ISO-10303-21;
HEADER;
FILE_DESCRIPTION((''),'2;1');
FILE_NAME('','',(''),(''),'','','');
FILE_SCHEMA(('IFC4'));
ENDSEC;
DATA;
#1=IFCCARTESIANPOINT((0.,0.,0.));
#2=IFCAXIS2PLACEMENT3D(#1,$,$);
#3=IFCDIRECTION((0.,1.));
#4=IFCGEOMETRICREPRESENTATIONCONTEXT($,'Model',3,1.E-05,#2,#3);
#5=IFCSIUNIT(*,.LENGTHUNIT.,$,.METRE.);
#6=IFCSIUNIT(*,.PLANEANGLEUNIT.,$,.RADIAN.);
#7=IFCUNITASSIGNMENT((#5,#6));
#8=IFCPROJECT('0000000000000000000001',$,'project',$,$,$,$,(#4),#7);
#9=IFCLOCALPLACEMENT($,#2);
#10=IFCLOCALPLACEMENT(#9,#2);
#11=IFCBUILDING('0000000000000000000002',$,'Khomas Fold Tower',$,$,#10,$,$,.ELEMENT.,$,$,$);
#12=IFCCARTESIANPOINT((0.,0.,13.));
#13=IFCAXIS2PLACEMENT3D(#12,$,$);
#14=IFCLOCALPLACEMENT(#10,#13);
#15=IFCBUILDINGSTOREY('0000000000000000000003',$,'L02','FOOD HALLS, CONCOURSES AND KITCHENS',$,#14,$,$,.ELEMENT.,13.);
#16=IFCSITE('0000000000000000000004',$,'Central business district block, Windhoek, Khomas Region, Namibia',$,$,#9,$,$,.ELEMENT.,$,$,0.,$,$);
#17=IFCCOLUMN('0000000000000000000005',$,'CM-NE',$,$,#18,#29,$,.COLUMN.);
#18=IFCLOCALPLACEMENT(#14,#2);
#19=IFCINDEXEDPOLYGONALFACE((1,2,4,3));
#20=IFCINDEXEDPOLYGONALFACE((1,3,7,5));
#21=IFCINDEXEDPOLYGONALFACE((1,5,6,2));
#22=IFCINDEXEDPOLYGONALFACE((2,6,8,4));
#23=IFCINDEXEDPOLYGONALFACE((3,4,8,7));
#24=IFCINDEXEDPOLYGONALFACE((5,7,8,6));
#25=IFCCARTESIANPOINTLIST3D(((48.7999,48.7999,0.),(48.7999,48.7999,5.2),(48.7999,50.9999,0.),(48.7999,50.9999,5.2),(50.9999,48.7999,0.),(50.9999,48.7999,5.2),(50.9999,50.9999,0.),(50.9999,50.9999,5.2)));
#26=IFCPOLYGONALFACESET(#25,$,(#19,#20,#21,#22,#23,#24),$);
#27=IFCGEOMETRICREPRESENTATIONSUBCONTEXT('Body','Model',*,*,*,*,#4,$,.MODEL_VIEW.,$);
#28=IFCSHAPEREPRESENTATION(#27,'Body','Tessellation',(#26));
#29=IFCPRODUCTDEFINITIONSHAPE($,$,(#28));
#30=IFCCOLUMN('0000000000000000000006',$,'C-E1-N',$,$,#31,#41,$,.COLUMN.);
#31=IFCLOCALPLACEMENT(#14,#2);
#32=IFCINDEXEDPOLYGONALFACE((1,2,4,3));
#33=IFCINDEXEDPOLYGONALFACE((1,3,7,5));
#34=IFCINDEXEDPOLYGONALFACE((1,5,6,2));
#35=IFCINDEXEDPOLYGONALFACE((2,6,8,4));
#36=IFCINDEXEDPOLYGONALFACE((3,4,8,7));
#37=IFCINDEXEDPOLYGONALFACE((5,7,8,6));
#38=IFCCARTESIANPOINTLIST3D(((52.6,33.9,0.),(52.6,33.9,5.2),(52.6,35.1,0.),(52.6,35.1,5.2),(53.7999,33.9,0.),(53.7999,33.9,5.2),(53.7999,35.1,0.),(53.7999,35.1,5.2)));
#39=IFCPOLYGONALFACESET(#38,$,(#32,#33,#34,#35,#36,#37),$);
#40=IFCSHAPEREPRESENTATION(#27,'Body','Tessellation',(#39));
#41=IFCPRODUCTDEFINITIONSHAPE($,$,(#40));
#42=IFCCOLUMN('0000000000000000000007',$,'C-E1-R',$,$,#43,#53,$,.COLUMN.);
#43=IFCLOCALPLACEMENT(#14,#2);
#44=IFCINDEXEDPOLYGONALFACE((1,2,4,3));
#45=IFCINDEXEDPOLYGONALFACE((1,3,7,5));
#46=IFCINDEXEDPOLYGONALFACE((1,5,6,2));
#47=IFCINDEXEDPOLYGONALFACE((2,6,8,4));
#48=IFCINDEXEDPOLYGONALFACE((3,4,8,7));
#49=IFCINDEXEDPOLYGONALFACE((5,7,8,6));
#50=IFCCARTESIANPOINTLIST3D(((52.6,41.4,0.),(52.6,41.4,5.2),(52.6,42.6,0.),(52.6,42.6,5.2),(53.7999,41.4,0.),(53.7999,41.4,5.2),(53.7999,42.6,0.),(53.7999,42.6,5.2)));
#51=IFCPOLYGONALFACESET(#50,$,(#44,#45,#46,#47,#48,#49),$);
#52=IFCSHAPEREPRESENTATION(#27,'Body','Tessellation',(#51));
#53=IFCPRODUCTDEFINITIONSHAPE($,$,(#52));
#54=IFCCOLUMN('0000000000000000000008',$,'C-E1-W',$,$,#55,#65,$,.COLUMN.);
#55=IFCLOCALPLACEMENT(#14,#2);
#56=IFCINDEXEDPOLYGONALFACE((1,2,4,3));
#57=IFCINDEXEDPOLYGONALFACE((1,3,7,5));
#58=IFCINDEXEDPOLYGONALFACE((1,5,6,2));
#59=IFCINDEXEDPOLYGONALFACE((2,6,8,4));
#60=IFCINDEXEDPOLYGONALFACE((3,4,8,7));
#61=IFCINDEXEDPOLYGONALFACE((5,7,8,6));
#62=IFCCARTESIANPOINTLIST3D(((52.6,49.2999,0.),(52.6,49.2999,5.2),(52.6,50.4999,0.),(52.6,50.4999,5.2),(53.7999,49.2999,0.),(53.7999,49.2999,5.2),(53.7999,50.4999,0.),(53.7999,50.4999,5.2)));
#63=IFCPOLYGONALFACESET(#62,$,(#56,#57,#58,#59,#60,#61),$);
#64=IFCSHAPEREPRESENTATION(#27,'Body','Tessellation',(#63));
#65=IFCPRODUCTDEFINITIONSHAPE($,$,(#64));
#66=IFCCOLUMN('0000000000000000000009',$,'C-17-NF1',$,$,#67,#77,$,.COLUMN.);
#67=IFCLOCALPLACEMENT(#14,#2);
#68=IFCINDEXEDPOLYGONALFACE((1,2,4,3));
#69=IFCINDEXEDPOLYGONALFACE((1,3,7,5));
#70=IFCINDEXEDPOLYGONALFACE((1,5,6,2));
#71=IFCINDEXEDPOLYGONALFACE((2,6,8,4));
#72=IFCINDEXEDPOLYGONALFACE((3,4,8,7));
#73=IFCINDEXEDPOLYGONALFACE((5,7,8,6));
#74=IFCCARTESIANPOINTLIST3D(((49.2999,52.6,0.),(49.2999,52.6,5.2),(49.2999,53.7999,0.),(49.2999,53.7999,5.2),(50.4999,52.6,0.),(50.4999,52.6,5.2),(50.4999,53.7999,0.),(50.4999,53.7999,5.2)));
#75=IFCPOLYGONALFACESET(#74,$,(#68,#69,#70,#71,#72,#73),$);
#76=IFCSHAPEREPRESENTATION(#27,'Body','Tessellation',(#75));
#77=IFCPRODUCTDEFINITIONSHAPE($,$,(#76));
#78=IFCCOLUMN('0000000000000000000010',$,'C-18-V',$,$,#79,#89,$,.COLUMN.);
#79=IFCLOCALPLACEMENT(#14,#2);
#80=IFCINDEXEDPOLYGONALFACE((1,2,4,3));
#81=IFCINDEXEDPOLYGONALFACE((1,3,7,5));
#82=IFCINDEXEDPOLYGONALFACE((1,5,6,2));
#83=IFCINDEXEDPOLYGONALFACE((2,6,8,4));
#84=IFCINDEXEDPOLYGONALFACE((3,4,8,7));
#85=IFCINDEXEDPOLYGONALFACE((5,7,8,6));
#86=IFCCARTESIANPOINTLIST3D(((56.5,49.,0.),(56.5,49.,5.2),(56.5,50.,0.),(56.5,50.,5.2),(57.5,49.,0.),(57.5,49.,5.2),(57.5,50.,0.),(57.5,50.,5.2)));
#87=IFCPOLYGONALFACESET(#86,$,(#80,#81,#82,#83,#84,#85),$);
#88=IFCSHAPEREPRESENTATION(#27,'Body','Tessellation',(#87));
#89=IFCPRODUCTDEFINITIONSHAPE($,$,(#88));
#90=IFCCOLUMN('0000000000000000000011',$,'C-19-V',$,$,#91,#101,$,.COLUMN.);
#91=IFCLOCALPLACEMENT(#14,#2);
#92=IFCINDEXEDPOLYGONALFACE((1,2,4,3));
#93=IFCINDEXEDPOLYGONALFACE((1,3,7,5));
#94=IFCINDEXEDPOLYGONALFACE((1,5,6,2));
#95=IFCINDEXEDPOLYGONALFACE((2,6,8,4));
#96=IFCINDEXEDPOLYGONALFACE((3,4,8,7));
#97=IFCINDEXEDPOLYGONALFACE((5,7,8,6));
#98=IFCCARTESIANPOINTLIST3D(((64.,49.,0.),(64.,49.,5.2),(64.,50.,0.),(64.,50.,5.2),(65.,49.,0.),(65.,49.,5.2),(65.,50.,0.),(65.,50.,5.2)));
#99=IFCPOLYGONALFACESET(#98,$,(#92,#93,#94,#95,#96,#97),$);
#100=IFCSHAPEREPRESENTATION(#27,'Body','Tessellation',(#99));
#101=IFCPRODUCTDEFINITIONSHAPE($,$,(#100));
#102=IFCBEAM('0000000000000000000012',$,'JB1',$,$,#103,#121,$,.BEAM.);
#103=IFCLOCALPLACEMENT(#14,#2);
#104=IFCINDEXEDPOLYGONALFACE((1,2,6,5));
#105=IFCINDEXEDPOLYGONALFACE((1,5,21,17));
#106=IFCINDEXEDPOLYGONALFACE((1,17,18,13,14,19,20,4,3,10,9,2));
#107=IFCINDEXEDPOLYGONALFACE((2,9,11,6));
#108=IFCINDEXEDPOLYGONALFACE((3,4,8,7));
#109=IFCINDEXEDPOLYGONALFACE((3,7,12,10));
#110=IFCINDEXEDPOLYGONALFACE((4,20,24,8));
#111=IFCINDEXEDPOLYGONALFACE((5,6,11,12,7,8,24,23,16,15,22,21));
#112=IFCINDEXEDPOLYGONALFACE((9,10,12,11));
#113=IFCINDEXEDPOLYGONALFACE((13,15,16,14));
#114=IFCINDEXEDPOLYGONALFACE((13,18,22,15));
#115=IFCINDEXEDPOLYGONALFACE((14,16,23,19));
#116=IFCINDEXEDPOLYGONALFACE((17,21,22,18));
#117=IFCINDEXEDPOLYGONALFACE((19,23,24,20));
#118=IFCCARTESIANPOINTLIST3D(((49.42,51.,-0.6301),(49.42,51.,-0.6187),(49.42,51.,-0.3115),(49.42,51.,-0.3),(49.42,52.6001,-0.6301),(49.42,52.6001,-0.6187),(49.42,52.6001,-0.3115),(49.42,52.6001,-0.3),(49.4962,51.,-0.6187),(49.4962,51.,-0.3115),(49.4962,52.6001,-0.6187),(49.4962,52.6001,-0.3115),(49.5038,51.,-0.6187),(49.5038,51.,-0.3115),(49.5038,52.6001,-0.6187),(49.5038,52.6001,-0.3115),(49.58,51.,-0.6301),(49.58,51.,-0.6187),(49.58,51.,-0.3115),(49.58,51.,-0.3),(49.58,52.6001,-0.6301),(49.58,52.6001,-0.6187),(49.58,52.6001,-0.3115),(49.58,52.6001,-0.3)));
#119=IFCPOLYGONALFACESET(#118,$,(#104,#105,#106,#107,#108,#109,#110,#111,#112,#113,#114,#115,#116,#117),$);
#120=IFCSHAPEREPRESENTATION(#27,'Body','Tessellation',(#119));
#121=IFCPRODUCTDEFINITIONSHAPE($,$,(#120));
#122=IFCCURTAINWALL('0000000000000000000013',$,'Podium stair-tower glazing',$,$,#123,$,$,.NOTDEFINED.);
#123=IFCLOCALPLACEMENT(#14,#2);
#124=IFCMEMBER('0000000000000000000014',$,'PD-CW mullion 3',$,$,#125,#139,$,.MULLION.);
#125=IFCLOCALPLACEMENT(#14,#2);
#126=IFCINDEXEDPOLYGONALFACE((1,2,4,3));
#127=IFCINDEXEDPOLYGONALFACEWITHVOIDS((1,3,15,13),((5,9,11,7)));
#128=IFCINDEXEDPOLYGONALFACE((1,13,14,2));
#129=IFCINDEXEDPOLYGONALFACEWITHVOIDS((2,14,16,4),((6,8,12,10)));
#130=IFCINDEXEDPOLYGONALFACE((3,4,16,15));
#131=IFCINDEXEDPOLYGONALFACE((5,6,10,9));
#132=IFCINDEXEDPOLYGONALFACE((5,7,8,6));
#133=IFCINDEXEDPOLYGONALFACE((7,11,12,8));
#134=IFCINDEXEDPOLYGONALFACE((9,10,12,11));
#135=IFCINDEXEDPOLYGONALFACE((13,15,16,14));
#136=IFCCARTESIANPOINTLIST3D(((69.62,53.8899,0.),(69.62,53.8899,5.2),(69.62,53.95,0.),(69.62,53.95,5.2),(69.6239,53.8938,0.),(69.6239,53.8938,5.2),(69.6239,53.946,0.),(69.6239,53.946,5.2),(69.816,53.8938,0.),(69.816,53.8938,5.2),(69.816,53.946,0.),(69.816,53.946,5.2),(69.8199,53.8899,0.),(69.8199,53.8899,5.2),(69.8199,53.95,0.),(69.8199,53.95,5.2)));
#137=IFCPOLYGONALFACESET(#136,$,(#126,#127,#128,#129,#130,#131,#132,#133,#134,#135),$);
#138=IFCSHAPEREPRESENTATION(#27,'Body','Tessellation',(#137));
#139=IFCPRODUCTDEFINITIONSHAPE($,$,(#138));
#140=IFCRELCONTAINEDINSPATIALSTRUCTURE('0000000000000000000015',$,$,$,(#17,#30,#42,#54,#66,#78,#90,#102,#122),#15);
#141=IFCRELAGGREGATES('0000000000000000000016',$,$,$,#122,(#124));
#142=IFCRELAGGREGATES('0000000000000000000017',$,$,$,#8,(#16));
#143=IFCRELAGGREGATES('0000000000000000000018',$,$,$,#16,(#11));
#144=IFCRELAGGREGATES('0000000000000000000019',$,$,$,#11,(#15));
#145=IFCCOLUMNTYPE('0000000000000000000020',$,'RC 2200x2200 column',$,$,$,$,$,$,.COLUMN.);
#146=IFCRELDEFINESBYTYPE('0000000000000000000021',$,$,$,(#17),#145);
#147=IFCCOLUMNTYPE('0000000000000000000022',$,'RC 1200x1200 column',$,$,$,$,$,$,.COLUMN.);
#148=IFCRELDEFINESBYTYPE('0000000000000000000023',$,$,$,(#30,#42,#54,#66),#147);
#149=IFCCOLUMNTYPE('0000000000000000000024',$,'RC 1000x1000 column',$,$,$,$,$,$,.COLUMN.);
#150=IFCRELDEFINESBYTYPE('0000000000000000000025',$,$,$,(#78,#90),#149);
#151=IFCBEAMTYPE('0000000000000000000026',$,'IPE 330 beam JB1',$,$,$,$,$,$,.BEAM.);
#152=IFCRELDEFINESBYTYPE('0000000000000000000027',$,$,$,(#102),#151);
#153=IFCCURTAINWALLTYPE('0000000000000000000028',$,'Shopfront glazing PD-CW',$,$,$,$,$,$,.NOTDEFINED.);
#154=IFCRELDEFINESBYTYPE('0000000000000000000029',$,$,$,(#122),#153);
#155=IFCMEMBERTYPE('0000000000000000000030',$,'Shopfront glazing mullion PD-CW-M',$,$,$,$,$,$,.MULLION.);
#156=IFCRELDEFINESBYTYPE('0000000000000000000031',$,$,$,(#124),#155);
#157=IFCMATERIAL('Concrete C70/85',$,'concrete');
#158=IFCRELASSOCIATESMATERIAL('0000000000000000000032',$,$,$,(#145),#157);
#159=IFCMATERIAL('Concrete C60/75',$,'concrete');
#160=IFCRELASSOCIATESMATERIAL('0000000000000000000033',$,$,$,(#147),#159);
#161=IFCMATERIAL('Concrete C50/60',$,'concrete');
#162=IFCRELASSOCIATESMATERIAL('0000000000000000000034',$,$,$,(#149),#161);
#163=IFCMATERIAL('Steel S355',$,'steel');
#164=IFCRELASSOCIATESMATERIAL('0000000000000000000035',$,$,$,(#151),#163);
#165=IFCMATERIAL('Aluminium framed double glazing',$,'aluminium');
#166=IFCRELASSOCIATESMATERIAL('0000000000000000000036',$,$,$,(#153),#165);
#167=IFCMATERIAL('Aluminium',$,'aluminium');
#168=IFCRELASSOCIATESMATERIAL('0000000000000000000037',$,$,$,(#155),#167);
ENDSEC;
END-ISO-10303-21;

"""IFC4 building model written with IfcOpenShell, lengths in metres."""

from ifc_helpers import new_model, si_unit, direction, frame, origin, origin_2d, place, context, subcontext, project, spatial, rectangle, hollow_rectangle, i_section, extrude, source, transform, mapped, material, material_profile, profile_set, type_object, element, aggregate, save


model = new_model("IFC4")

# Units and contexts
model_context = context("Model", 3, precision=1e-05, world=origin(), true_north=direction((0.0, 1.0)))
body_context = subcontext(model_context, "Body", "Model", "MODEL_VIEW")
ifc_project = project(units=[si_unit("LENGTHUNIT", "METRE"), si_unit("PLANEANGLEUNIT", "RADIAN")], contexts=[model_context])

# Site, building, storey
site_placement = place(None, origin())
site = spatial("IfcSite", under=ifc_project, at=site_placement, Name="Central business district block, Windhoek, Khomas Region, Namibia", CompositionType="ELEMENT", RefElevation=0.0)
building_placement = place(site_placement, origin())
building = spatial("IfcBuilding", under=site, at=building_placement, Name="Khomas Fold Tower", CompositionType="ELEMENT")
storey_placement = place(building_placement, frame((0.0, 0.0, 13.0)))
storey = spatial("IfcBuildingStorey", under=building, at=storey_placement, Name="L02", Description="FOOD HALLS, CONCOURSES AND KITCHENS", CompositionType="ELEMENT", Elevation=13.0)

# Columns
ifc_material_1 = material(Name="Concrete C70/85", Category="concrete")
ifc_material_profile_1 = material_profile(ifc_material_1, rectangle(XDim=2.2, YDim=2.2, at=origin_2d()), Name="RC 2200x2200")
ifc_profile_set_1 = profile_set([ifc_material_profile_1], Name="Concrete C70/85")
column_type_1 = type_object("IfcColumnType", Name="RC 2200x2200 column", PredefinedType="COLUMN", material=ifc_profile_set_1)
shared_shape_1 = source(origin(), body_context, "Body", "SweptSolid", [
    extrude(rectangle(XDim=2.2, YDim=2.2, at=origin_2d()), origin(), (0.0, 0.0, 1.0), 5.2),
])
column_placement = place(storey_placement, frame((49.8999, 49.8999, 0.0), z_axis=(0.0, 0.0, 1.0), x_axis=(1.0, 0.0, 0.0)))
element("IfcColumn", 1, at=column_placement, inside=storey, type_object=column_type_1, Name="CM-NE", PredefinedType="COLUMN", context=body_context, shape_type="MappedRepresentation", body=[
    mapped(shared_shape_1, transform((0.0, 0.0, 0.0))),
])
ifc_material_2 = material(Name="Concrete C60/75", Category="concrete")
ifc_material_profile_2 = material_profile(ifc_material_2, rectangle(XDim=1.2, YDim=1.2, at=origin_2d()), Name="RC 1200x1200")
ifc_profile_set_2 = profile_set([ifc_material_profile_2], Name="Concrete C60/75")
column_type_2 = type_object("IfcColumnType", Name="RC 1200x1200 column", PredefinedType="COLUMN", material=ifc_profile_set_2)
shared_shape_2 = source(origin(), body_context, "Body", "SweptSolid", [
    extrude(rectangle(XDim=1.2, YDim=1.2, at=origin_2d()), origin(), (0.0, 0.0, 1.0), 5.2),
])
for number, where, z_axis, x_axis, name in (
    (2, (53.2, 34.5, 0.0), (0.0, 0.0, 1.0), (1.0, 0.0, 0.0), "C-E1-N"),
    (3, (53.2, 42.0, 0.0), (0.0, 0.0, 1.0), (1.0, 0.0, 0.0), "C-E1-R"),
    (4, (53.2, 49.8999, 0.0), (0.0, 0.0, 1.0), (1.0, 0.0, 0.0), "C-E1-W"),
    (5, (49.8999, 53.2, 0.0), (0.0, 0.0, 1.0), (1.0, 0.0, 0.0), "C-17-NF1"),
):
    element("IfcColumn", number, at=place(storey_placement, frame(where, z_axis=z_axis, x_axis=x_axis)), inside=storey, type_object=column_type_2, Name=name, PredefinedType="COLUMN", context=body_context, shape_type="MappedRepresentation", body=[
        mapped(shared_shape_2, transform((0.0, 0.0, 0.0))),
    ])
ifc_material_3 = material(Name="Concrete C50/60", Category="concrete")
ifc_material_profile_3 = material_profile(ifc_material_3, rectangle(XDim=1.0, YDim=1.0, at=origin_2d()), Name="RC 1000x1000")
ifc_profile_set_3 = profile_set([ifc_material_profile_3], Name="Concrete C50/60")
column_type_3 = type_object("IfcColumnType", Name="RC 1000x1000 column", PredefinedType="COLUMN", material=ifc_profile_set_3)
shared_shape_3 = source(origin(), body_context, "Body", "SweptSolid", [
    extrude(rectangle(XDim=1.0, YDim=1.0, at=origin_2d()), origin(), (0.0, 0.0, 1.0), 5.2),
])
for number, where, z_axis, x_axis, name in (
    (6, (57.0, 49.5, 0.0), (0.0, 0.0, 1.0), (1.0, 0.0, 0.0), "C-18-V"),
    (7, (64.5, 49.5, 0.0), (0.0, 0.0, 1.0), (1.0, 0.0, 0.0), "C-19-V"),
):
    element("IfcColumn", number, at=place(storey_placement, frame(where, z_axis=z_axis, x_axis=x_axis)), inside=storey, type_object=column_type_3, Name=name, PredefinedType="COLUMN", context=body_context, shape_type="MappedRepresentation", body=[
        mapped(shared_shape_3, transform((0.0, 0.0, 0.0))),
    ])

# Beam
ifc_material_4 = material(Name="Steel S355", Category="steel")
ifc_material_profile_4 = material_profile(ifc_material_4, i_section(OverallWidth=0.1599, OverallDepth=0.3301, WebThickness=0.0076, FlangeThickness=0.0115, at=origin_2d()), Name="IPE 330")
ifc_profile_set_4 = profile_set([ifc_material_profile_4], Name="Steel S355")
beam_type = type_object("IfcBeamType", Name="IPE 330 beam JB1", PredefinedType="BEAM", material=ifc_profile_set_4)
shared_shape_4 = source(origin(), body_context, "Body", "SweptSolid", [
    extrude(i_section(OverallWidth=0.1599, OverallDepth=0.3301, WebThickness=0.0076, FlangeThickness=0.0115, at=origin_2d()), origin(), (0.0, 0.0, 1.0), 1.6001),
])
beam_placement = place(storey_placement, frame((49.5, 51.0, -0.4651), z_axis=(0.0, 1.0, 0.0), x_axis=(-1.0, 0.0, 0.0)))
element("IfcBeam", 8, at=beam_placement, inside=storey, type_object=beam_type, Name="JB1", PredefinedType="BEAM", context=body_context, shape_type="MappedRepresentation", body=[
    mapped(shared_shape_4, transform((0.0, 0.0, 0.0))),
])

# Curtain wall, member
ifc_material_5 = material(Name="Aluminium framed double glazing", Category="aluminium")
curtain_wall_type = type_object("IfcCurtainWallType", Name="Shopfront glazing PD-CW", PredefinedType="NOTDEFINED", material=ifc_material_5)
curtain_wall_placement = place(storey_placement, origin())
curtain_wall = element("IfcCurtainWall", 9, at=curtain_wall_placement, inside=storey, type_object=curtain_wall_type, Name="Podium stair-tower glazing", PredefinedType="NOTDEFINED")
ifc_material_6 = material(Name="Aluminium", Category="aluminium")
ifc_material_profile_5 = material_profile(ifc_material_6, hollow_rectangle(XDim=0.0601, YDim=0.2, WallThickness=0.0039, at=origin_2d()), Name="Shopfront glazing mullion PD-CW-M")
ifc_profile_set_5 = profile_set([ifc_material_profile_5], Name="Aluminium")
member_type = type_object("IfcMemberType", Name="Shopfront glazing mullion PD-CW-M", PredefinedType="MULLION", material=ifc_profile_set_5)
shared_shape_5 = source(origin(), body_context, "Body", "SweptSolid", [
    extrude(hollow_rectangle(XDim=0.0601, YDim=0.2, WallThickness=0.0039, at=origin_2d()), origin(), (0.0, 0.0, 1.0), 5.2),
])
member_placement = place(storey_placement, frame((69.72, 53.9199, 0.0), z_axis=(0.0, 0.0, 1.0), x_axis=(0.0, -1.0, 0.0)))
member = element("IfcMember", 10, at=member_placement, type_object=member_type, Name="PD-CW mullion 3", PredefinedType="MULLION", context=body_context, shape_type="MappedRepresentation", body=[
    mapped(shared_shape_5, transform((0.0, 0.0, 0.0))),
])
aggregate(curtain_wall, [member])

save(model, "model.ifc")
